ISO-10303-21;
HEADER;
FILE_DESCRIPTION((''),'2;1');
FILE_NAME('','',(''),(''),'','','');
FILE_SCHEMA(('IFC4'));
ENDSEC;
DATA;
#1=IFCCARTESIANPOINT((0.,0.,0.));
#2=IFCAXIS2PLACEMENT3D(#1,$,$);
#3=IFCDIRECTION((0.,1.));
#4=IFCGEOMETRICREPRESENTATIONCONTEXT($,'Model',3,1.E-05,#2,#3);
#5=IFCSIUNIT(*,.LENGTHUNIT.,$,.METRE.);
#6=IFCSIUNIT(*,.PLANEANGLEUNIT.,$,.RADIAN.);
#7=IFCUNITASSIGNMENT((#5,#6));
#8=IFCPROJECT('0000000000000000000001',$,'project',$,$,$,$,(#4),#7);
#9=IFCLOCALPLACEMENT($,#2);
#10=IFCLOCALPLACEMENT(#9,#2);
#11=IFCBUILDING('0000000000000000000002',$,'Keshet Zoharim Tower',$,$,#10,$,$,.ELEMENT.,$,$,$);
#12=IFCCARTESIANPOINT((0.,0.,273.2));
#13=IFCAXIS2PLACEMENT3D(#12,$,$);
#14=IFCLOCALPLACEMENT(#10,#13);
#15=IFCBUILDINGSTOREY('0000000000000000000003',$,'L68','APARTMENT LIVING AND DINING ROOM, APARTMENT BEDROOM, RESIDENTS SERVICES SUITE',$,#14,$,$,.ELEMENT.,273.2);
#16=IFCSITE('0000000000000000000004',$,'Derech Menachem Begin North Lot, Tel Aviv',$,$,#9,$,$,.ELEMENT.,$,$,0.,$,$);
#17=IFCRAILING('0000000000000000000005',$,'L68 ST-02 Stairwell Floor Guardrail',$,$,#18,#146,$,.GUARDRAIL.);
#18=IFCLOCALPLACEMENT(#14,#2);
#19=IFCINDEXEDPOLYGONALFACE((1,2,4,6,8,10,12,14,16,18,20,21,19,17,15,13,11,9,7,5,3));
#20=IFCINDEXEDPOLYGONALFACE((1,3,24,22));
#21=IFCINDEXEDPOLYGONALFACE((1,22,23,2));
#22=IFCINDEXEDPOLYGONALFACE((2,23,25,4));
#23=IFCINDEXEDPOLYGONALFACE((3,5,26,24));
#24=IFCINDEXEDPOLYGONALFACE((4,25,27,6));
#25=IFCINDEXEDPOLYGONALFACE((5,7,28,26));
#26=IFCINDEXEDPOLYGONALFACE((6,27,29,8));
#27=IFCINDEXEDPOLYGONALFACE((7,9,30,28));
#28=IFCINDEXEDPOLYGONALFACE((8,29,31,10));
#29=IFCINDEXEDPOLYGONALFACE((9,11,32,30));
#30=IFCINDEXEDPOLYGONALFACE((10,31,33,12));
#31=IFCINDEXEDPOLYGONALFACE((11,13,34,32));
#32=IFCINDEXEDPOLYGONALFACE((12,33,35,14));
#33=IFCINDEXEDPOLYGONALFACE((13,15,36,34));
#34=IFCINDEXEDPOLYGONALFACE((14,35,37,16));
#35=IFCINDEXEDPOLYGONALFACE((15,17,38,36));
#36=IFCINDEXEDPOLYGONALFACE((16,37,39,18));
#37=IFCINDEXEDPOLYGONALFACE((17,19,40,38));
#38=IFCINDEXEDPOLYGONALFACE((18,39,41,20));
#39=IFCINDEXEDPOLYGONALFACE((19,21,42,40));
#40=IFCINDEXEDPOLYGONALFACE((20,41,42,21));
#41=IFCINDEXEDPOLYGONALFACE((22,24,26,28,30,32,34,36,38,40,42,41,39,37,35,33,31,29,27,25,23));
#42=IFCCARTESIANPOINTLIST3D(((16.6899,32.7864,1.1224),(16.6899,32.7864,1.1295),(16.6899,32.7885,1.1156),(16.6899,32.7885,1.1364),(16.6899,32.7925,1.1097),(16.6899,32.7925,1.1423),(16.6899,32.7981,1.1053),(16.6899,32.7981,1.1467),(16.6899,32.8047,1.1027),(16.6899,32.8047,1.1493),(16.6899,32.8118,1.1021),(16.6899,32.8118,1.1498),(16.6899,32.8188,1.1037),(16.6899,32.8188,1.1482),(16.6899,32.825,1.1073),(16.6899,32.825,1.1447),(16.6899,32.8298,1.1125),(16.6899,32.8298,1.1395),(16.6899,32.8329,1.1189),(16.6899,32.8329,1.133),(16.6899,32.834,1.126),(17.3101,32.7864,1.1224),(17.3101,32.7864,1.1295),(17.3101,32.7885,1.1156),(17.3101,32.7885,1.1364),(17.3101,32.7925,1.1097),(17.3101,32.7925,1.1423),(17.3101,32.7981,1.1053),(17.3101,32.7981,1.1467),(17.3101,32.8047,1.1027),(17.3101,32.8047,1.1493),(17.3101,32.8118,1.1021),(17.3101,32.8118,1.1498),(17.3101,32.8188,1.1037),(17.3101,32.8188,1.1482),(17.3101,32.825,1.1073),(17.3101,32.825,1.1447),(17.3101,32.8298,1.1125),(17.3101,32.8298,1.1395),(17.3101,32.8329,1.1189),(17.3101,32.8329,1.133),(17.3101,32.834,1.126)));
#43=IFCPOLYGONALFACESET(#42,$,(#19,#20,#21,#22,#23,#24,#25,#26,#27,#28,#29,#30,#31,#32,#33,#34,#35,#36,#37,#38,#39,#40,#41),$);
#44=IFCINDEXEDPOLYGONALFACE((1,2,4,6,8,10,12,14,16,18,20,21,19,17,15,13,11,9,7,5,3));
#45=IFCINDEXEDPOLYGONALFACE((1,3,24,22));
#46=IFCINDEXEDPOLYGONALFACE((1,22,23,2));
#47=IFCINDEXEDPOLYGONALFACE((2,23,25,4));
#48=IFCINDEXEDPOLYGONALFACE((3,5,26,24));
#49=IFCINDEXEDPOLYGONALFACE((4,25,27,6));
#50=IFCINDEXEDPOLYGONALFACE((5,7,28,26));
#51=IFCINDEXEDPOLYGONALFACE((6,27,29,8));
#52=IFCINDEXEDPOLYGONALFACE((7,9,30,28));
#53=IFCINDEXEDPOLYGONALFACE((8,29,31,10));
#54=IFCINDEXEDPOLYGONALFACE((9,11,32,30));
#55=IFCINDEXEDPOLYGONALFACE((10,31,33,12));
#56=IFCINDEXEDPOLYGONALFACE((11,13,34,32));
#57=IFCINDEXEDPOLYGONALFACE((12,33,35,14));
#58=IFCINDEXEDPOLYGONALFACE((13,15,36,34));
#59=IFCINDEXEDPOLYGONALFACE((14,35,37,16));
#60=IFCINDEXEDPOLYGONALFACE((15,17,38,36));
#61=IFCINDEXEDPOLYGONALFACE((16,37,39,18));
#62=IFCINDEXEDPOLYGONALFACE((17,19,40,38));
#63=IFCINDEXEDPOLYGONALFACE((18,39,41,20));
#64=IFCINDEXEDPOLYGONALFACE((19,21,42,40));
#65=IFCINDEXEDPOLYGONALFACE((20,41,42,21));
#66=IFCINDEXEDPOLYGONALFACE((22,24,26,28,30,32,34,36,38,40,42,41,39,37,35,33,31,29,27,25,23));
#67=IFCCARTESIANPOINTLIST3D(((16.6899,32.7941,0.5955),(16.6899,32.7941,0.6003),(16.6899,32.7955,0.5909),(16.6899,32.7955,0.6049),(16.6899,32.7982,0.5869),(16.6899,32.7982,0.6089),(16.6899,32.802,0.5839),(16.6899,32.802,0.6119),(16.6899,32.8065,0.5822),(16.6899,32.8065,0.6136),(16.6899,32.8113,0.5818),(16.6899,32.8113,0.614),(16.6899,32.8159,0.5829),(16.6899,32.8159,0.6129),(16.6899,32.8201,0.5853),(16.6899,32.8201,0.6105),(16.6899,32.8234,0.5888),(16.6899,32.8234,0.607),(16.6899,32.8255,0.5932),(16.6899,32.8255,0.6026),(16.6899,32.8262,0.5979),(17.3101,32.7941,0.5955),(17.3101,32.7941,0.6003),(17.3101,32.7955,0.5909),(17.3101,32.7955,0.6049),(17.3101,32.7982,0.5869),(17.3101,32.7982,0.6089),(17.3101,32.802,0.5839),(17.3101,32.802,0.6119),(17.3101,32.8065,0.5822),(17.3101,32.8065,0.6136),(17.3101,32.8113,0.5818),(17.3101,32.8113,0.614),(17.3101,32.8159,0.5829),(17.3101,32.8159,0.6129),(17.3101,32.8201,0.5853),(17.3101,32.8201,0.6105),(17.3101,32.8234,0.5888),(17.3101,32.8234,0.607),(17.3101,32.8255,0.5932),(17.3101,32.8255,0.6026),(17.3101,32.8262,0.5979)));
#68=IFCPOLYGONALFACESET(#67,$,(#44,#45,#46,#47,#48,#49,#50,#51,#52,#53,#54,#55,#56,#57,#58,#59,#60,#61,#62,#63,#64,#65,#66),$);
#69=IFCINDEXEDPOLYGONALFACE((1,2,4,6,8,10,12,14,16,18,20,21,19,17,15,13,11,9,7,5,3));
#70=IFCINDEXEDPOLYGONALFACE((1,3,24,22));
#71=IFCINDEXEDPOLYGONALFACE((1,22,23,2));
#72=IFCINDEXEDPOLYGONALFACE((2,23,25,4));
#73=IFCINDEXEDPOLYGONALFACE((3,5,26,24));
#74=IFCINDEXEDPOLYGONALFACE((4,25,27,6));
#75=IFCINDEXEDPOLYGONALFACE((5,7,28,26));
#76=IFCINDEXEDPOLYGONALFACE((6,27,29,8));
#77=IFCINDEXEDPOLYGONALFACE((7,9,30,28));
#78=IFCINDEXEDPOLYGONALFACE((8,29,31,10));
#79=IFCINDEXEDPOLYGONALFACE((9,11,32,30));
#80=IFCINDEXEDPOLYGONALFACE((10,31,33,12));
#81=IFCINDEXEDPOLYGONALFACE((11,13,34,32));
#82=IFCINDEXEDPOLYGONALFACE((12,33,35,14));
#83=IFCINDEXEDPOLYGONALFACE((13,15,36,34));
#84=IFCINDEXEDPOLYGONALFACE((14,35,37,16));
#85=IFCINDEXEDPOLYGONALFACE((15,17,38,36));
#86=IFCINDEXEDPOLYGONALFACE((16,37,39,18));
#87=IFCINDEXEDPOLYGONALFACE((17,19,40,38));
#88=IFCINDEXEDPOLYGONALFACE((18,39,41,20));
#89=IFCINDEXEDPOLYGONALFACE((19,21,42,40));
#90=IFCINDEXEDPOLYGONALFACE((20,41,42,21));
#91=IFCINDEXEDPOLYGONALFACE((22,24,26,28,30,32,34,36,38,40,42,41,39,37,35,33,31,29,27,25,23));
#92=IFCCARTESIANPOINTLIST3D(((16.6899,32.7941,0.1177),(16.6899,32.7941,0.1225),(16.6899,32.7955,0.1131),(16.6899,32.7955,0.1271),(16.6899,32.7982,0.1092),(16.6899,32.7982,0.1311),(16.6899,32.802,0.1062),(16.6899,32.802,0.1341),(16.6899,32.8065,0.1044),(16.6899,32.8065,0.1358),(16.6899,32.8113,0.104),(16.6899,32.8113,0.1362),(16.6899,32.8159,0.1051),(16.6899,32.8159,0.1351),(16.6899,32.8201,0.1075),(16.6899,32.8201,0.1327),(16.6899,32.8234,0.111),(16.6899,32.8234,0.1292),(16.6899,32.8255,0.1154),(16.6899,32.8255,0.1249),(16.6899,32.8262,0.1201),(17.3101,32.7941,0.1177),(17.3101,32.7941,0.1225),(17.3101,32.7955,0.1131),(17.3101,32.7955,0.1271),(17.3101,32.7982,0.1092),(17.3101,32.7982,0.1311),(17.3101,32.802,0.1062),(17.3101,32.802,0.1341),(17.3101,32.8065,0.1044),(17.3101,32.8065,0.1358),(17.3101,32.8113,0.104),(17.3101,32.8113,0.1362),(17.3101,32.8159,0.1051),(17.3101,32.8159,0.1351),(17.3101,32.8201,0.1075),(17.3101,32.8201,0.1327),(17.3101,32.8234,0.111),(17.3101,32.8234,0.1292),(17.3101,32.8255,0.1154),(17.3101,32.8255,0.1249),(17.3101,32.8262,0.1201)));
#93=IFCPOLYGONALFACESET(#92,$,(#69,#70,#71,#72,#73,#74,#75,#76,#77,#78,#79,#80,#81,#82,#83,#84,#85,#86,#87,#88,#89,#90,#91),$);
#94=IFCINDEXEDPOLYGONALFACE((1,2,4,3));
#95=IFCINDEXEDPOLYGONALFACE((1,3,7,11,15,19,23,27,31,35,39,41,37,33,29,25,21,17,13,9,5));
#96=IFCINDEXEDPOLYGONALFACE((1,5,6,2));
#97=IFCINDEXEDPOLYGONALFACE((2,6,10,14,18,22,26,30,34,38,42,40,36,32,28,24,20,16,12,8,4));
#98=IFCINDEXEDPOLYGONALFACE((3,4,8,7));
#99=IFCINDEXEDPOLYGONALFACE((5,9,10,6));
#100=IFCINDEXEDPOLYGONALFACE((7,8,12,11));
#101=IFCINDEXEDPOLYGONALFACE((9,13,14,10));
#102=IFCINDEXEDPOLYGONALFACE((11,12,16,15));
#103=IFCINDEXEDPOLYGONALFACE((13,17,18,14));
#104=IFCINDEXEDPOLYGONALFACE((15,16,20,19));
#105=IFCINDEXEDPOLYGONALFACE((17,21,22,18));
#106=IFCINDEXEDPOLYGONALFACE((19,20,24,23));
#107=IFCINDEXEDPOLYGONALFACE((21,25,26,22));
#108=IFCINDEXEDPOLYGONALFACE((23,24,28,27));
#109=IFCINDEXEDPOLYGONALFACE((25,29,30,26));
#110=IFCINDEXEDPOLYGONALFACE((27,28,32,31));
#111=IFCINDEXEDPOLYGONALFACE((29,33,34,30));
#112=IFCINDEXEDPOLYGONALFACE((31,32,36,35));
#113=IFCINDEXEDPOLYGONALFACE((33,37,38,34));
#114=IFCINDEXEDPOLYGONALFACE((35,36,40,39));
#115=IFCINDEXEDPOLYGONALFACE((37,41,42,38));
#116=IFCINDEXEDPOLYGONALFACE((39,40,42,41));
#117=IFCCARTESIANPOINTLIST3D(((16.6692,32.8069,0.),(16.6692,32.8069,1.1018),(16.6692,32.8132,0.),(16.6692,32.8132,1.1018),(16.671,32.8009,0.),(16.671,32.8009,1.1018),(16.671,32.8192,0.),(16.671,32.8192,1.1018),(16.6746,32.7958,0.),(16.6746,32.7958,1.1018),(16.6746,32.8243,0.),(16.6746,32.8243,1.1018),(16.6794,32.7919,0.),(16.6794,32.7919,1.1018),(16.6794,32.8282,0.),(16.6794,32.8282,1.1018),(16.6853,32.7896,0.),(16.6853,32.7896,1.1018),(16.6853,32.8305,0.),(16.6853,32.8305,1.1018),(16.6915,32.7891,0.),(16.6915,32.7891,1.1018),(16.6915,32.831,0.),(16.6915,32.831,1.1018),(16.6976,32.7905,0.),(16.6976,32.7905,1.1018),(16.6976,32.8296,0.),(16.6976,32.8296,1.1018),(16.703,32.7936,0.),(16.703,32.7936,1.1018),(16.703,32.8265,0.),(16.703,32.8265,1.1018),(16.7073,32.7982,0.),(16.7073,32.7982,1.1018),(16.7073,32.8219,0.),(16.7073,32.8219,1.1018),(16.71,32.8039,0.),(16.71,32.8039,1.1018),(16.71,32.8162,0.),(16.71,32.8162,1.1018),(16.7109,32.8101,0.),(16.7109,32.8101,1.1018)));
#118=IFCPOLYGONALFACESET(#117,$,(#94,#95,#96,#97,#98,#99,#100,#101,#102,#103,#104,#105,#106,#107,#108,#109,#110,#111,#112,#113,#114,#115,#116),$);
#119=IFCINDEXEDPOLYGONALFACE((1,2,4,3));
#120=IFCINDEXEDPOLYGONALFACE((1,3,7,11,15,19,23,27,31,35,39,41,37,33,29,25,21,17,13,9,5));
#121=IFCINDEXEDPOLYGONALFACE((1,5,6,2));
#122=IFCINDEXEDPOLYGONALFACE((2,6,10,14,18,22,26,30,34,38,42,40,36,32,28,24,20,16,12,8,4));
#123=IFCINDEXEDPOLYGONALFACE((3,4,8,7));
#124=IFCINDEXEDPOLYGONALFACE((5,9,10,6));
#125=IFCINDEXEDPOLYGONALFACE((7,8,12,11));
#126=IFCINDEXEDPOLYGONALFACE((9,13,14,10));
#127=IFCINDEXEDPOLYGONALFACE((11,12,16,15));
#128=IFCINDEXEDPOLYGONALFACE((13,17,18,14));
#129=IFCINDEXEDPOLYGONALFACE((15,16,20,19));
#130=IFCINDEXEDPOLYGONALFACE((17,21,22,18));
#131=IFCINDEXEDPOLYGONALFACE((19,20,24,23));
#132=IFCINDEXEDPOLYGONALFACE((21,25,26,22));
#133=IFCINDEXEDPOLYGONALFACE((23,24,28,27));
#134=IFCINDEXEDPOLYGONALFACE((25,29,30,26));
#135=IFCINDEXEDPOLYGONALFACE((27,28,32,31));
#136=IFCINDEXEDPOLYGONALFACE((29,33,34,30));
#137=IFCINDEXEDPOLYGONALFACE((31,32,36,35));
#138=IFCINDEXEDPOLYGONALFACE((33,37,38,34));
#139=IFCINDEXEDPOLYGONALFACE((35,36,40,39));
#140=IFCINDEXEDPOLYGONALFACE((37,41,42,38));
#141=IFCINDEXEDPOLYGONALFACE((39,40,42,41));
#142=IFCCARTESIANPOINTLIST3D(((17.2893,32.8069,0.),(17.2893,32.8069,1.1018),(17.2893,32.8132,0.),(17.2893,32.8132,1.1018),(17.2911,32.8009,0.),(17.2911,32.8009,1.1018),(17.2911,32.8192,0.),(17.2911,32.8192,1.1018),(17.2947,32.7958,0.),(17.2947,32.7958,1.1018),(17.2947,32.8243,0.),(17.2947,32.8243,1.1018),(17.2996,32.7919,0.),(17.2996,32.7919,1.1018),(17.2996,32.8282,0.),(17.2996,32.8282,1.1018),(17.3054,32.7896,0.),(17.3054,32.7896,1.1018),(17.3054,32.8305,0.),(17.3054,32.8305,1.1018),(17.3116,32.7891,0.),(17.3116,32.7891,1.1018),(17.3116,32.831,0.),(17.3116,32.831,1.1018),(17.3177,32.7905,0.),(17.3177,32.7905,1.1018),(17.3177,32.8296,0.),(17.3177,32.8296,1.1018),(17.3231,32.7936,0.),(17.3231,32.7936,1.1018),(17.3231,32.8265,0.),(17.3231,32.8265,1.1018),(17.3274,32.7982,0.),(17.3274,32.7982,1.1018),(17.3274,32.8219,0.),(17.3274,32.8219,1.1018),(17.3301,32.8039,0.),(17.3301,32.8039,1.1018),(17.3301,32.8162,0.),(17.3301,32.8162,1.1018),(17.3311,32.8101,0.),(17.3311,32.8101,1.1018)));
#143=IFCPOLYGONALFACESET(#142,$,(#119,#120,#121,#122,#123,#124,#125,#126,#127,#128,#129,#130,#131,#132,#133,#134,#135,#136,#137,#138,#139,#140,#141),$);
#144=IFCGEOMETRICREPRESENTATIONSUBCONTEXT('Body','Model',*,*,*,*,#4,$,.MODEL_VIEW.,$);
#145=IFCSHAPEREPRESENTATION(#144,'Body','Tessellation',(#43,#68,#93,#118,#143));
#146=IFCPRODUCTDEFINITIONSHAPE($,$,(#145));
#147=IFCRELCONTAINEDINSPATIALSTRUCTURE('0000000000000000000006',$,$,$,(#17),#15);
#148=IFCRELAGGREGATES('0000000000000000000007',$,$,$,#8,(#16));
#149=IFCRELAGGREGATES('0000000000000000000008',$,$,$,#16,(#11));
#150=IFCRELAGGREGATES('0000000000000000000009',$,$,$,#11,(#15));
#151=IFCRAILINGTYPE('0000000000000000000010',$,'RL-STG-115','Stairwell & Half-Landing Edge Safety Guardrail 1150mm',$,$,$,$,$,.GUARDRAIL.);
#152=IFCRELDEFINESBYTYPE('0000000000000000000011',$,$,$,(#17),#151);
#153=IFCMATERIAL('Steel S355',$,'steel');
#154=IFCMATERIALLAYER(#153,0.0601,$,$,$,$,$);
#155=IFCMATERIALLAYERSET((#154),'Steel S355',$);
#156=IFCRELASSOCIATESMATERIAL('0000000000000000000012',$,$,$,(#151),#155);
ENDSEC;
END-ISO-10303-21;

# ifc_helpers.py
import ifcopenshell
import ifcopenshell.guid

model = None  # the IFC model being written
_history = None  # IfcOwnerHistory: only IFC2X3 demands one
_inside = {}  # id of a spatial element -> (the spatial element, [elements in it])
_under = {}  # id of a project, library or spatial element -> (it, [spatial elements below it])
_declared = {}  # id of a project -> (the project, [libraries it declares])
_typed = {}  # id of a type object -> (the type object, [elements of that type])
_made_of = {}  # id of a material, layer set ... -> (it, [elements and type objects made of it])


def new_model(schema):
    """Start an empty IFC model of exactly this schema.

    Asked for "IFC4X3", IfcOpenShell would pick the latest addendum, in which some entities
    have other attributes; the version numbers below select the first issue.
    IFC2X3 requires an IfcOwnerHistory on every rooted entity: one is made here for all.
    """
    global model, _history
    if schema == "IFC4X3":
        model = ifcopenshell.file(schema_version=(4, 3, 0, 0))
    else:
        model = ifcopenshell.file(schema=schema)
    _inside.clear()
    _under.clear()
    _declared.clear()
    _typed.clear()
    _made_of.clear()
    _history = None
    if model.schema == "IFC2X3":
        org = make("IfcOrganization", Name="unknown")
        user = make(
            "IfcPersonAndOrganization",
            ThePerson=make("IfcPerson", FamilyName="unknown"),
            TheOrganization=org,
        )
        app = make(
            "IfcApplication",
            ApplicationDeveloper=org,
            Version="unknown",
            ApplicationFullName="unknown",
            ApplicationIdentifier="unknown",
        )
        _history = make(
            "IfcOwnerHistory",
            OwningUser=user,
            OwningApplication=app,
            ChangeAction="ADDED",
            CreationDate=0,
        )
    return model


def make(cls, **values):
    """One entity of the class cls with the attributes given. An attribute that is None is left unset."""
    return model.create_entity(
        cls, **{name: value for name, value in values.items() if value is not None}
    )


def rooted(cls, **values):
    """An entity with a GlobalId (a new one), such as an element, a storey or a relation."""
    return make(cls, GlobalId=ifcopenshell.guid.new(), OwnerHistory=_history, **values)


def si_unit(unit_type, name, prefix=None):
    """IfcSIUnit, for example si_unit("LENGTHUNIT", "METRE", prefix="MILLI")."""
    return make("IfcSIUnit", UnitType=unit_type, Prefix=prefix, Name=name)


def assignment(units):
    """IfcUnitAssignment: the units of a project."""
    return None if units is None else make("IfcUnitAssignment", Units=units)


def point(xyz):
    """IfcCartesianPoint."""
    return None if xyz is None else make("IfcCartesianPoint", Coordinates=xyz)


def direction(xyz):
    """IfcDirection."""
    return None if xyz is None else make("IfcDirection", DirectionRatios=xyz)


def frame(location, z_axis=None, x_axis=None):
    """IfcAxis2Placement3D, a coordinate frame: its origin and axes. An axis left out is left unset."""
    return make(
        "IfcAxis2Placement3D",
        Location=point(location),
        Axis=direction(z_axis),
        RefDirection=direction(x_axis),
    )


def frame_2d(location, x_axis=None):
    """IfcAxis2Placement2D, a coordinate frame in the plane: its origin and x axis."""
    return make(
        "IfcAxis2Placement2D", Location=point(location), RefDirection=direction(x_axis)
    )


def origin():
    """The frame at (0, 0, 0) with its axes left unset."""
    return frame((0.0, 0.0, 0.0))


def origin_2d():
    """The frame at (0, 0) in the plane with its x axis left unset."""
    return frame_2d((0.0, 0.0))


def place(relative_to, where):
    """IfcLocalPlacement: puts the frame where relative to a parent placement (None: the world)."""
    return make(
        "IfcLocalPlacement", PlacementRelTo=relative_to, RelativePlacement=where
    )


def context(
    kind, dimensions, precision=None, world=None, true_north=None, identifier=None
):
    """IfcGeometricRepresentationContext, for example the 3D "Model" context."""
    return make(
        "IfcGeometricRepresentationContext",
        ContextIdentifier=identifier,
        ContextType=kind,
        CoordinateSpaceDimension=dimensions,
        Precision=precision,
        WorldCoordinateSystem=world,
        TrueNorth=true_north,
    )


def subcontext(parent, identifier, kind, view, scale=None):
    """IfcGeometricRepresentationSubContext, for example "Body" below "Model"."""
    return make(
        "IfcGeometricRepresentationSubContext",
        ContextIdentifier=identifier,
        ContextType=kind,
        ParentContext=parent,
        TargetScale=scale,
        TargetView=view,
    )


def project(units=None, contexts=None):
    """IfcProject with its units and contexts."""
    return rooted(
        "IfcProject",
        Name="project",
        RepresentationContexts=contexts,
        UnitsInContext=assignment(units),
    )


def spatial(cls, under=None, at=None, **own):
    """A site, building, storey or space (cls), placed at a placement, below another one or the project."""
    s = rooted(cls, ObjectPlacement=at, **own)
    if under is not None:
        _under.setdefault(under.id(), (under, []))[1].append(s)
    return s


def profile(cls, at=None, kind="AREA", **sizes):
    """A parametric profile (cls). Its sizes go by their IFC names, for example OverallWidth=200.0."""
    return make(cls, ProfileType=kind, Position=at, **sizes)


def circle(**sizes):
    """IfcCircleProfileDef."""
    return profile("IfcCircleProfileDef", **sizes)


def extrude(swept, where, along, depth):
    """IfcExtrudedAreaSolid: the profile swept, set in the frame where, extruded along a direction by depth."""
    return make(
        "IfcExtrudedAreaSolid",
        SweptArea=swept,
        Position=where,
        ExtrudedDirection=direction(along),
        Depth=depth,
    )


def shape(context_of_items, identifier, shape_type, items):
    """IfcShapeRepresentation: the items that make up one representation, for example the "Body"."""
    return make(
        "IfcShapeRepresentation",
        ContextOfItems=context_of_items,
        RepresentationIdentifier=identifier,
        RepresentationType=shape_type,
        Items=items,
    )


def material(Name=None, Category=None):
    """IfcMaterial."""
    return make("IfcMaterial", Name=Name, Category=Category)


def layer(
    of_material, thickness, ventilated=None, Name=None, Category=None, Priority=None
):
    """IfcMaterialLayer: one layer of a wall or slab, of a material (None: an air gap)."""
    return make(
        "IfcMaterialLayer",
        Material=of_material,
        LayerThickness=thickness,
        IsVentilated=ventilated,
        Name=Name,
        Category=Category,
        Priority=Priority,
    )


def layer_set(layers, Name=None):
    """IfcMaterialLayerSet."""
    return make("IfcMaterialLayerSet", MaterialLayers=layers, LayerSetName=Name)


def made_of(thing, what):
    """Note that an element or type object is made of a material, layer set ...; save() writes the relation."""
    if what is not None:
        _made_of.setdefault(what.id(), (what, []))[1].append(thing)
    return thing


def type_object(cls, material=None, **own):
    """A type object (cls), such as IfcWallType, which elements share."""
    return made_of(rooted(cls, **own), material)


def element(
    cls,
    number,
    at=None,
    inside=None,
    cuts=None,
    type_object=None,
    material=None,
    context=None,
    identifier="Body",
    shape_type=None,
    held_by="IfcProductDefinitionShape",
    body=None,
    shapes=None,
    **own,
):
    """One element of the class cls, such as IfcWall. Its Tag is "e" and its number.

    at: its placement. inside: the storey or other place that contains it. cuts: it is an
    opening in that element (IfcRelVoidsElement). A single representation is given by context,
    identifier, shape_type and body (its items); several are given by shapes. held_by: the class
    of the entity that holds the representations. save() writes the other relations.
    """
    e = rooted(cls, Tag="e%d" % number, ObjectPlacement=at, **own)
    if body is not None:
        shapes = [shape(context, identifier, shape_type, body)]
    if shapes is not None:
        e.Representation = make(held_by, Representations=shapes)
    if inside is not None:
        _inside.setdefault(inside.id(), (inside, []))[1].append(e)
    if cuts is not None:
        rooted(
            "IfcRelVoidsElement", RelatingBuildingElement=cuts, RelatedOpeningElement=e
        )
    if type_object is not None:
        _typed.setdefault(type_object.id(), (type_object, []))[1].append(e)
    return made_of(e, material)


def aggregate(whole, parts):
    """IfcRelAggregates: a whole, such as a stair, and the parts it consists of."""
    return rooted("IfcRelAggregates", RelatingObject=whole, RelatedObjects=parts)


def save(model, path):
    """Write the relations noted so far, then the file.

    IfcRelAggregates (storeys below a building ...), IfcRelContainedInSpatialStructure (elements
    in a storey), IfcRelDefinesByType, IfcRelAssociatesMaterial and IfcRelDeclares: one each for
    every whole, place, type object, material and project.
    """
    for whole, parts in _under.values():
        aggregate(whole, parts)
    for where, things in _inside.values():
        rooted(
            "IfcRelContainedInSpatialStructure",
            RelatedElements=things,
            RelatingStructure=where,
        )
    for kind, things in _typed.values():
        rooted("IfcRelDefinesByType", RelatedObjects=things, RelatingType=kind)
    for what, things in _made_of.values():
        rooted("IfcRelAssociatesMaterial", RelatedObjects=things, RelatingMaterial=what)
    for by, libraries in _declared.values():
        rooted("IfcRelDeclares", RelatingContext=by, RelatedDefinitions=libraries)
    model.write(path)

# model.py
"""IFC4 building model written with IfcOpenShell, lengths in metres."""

from ifc_helpers import new_model, si_unit, direction, frame, origin, origin_2d, place, context, subcontext, project, spatial, circle, extrude, material, layer, layer_set, type_object, element, save


model = new_model("IFC4")

# Units and contexts
model_context = context("Model", 3, precision=1e-05, world=origin(), true_north=direction((0.0, 1.0)))
body_context = subcontext(model_context, "Body", "Model", "MODEL_VIEW")
ifc_project = project(units=[si_unit("LENGTHUNIT", "METRE"), si_unit("PLANEANGLEUNIT", "RADIAN")], contexts=[model_context])

# Site, building, storey
site_placement = place(None, origin())
site = spatial("IfcSite", under=ifc_project, at=site_placement, Name="Derech Menachem Begin North Lot, Tel Aviv", CompositionType="ELEMENT", RefElevation=0.0)
building_placement = place(site_placement, origin())
building = spatial("IfcBuilding", under=site, at=building_placement, Name="Keshet Zoharim Tower", CompositionType="ELEMENT")
storey_placement = place(building_placement, frame((0.0, 0.0, 273.2)))
storey = spatial("IfcBuildingStorey", under=building, at=storey_placement, Name="L68", Description="APARTMENT LIVING AND DINING ROOM, APARTMENT BEDROOM, RESIDENTS SERVICES SUITE", CompositionType="ELEMENT", Elevation=273.2)

# Shared definitions
ifc_material_1 = material(Name="Steel S355", Category="steel")

# Railing
ifc_layer_1 = layer(ifc_material_1, 0.0601)
ifc_layer_set_1 = layer_set([ifc_layer_1], Name="Steel S355")
railing_type_1 = type_object("IfcRailingType", Name="RL-STG-115", Description="Stairwell & Half-Landing Edge Safety Guardrail 1150mm", PredefinedType="GUARDRAIL", material=ifc_layer_set_1)
railing_1_placement = place(storey_placement, frame((16.6899, 32.8101, 0.0)))
element("IfcRailing", 1, at=railing_1_placement, inside=storey, type_object=railing_type_1, Name="L68 ST-02 Stairwell Floor Guardrail", PredefinedType="GUARDRAIL", context=body_context, shape_type="SweptSolid", body=[
    extrude(circle(Radius=0.0239, at=origin_2d()), frame((0.0, 0.0, 1.126), z_axis=(1.0, 0.0, 0.0), x_axis=(0.0, 1.0, 0.0)), (0.0, 0.0, 1.0), 0.6201),
    extrude(circle(Radius=0.0161, at=origin_2d()), frame((0.0, 0.0, 0.5979), z_axis=(1.0, 0.0, 0.0), x_axis=(0.0, 1.0, 0.0)), (0.0, 0.0, 1.0), 0.6201),
    extrude(circle(Radius=0.0161, at=origin_2d()), frame((0.0, 0.0, 0.1201), z_axis=(1.0, 0.0, 0.0), x_axis=(0.0, 1.0, 0.0)), (0.0, 0.0, 1.0), 0.6201),
    extrude(circle(Radius=0.021, at=origin_2d()), origin(), (0.0, 0.0, 1.0), 1.1018),
    extrude(circle(Radius=0.021, at=origin_2d()), frame((0.6201, 0.0, 0.0)), (0.0, 0.0, 1.0), 1.1018),
])

save(model, "model.ifc")
